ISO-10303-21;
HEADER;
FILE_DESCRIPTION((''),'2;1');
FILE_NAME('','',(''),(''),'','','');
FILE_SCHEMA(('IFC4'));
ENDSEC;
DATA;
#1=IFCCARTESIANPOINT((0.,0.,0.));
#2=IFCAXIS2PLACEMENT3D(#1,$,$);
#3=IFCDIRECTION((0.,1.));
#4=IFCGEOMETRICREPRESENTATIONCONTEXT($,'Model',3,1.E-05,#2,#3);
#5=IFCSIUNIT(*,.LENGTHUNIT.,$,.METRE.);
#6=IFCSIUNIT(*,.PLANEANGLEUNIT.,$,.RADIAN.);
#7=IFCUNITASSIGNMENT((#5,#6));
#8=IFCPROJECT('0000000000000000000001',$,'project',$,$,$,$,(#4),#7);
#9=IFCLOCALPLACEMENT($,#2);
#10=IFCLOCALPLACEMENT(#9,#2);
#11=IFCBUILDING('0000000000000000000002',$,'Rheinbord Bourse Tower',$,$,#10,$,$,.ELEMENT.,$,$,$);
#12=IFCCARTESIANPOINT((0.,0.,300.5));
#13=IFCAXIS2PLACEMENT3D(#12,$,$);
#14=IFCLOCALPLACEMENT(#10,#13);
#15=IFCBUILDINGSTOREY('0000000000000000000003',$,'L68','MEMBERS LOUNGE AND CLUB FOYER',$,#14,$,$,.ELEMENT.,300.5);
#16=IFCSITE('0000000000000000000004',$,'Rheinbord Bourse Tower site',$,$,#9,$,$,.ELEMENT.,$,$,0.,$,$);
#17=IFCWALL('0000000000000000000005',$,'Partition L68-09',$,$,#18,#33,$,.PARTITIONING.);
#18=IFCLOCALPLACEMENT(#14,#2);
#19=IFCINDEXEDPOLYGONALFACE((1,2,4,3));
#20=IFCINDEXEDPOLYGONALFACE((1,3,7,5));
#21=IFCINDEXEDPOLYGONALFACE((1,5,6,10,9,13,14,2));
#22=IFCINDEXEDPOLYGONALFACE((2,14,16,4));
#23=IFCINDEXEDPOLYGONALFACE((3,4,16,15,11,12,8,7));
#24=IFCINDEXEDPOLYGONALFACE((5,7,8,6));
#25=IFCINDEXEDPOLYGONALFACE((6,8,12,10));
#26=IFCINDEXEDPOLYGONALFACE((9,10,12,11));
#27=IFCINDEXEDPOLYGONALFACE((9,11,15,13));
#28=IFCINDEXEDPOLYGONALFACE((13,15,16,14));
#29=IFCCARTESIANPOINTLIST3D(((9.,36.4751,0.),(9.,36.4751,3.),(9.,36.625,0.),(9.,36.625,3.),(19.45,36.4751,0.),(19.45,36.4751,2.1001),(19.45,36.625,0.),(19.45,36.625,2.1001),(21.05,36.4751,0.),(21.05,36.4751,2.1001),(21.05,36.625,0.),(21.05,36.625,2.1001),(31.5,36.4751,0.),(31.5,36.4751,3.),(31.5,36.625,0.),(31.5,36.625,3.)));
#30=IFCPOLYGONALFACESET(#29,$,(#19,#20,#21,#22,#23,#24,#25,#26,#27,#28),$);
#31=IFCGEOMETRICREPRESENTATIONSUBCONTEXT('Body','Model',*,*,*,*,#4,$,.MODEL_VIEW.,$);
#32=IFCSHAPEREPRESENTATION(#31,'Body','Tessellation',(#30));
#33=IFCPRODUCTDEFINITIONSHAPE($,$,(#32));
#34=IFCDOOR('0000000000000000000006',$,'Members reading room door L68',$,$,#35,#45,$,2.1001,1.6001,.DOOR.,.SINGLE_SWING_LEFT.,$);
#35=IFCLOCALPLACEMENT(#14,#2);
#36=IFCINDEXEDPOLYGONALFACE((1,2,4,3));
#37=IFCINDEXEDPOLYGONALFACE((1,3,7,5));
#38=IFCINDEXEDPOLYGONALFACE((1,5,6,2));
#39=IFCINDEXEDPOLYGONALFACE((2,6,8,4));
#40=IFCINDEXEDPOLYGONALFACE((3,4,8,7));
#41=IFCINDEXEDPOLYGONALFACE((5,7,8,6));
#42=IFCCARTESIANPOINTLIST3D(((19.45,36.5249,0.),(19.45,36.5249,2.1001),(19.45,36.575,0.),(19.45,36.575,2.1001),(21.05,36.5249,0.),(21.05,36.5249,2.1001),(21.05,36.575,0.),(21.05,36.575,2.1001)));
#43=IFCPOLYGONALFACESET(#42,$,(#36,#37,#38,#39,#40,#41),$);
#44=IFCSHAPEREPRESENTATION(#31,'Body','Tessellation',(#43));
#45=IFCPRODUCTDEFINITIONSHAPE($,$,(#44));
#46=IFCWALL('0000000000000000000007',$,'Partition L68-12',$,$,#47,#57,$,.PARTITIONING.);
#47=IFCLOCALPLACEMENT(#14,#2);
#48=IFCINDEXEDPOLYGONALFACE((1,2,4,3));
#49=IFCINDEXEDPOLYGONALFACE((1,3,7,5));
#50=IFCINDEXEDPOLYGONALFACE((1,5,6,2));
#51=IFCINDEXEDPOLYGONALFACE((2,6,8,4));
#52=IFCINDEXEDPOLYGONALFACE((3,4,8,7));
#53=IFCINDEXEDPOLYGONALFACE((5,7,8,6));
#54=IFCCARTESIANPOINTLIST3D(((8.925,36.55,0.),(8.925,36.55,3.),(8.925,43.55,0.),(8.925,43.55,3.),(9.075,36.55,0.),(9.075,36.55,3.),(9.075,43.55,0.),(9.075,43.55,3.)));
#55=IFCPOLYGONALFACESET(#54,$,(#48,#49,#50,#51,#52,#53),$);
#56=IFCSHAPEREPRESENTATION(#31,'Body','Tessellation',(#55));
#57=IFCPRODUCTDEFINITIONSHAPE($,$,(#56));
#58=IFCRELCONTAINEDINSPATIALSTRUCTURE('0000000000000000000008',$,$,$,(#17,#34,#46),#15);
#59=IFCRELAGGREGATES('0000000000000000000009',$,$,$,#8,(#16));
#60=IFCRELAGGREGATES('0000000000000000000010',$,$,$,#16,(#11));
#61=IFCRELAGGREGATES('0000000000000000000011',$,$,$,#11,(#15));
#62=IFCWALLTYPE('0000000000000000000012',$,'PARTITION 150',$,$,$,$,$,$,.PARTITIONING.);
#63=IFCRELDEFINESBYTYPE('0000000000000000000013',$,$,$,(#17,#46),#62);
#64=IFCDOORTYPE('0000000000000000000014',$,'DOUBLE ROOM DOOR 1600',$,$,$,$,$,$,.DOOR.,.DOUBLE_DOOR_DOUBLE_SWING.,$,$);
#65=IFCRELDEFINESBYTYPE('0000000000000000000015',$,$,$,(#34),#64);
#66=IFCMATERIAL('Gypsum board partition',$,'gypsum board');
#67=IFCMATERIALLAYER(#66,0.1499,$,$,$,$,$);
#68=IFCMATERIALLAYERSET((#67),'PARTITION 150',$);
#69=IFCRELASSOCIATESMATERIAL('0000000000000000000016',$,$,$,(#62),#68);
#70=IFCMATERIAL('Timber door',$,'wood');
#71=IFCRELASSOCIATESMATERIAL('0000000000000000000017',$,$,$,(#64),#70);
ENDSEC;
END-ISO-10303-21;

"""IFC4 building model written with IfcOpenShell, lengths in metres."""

from ifc_helpers import new_model, si_unit, direction, frame, frame_2d, origin, place, context, subcontext, project, spatial, rectangle, extrude, material, layer, layer_set, type_object, element, fill, save


model = new_model("IFC4")

# Units and contexts
model_context = context("Model", 3, precision=1e-05, world=origin(), true_north=direction((0.0, 1.0)))
body_context = subcontext(model_context, "Body", "Model", "MODEL_VIEW")
ifc_project = project(units=[si_unit("LENGTHUNIT", "METRE"), si_unit("PLANEANGLEUNIT", "RADIAN")], contexts=[model_context])

# Site, building, storey
site_placement = place(None, origin())
site = spatial("IfcSite", under=ifc_project, at=site_placement, Name="Rheinbord Bourse Tower site", CompositionType="ELEMENT", RefElevation=0.0)
building_placement = place(site_placement, origin())
building = spatial("IfcBuilding", under=site, at=building_placement, Name="Rheinbord Bourse Tower", CompositionType="ELEMENT")
storey_placement = place(building_placement, frame((0.0, 0.0, 300.5)))
storey = spatial("IfcBuildingStorey", under=building, at=storey_placement, Name="L68", Description="MEMBERS LOUNGE AND CLUB FOYER", CompositionType="ELEMENT", Elevation=300.5)

# Wall, opening, door
ifc_material_1 = material(Name="Gypsum board partition", Category="gypsum board")
ifc_layer_1 = layer(ifc_material_1, 0.1499)
ifc_layer_set_1 = layer_set([ifc_layer_1], Name="PARTITION 150")
wall_type = type_object("IfcWallType", Name="PARTITION 150", PredefinedType="PARTITIONING", material=ifc_layer_set_1)
wall_1_placement = place(storey_placement, frame((9.0, 36.55, 0.0), z_axis=(0.0, 0.0, 1.0), x_axis=(1.0, 0.0, 0.0)))
wall_1 = element("IfcWall", 1, at=wall_1_placement, inside=storey, type_object=wall_type, Name="Partition L68-09", PredefinedType="PARTITIONING", context=body_context, shape_type="SweptSolid", body=[
    extrude(rectangle(XDim=22.5, YDim=0.1499, at=frame_2d((11.25, 0.0))), origin(), (0.0, 0.0, 1.0), 3.0),
])
opening_placement = place(wall_1_placement, frame((10.45, 0.0, 0.0)))
opening = element("IfcOpeningElement", 2, at=opening_placement, cuts=wall_1, PredefinedType="OPENING", context=body_context, shape_type="SweptSolid", body=[
    extrude(rectangle(XDim=1.6001, YDim=2.1001, at=frame_2d((0.8, 1.05))), frame((0.0, 0.085, 0.0), z_axis=(0.0, -1.0, 0.0), x_axis=(1.0, 0.0, 0.0)), (0.0, 0.0, 1.0), 0.1699),
])
ifc_material_2 = material(Name="Timber door", Category="wood")
door_type = type_object("IfcDoorType", Name="DOUBLE ROOM DOOR 1600", OperationType="DOUBLE_DOOR_DOUBLE_SWING", PredefinedType="DOOR", material=ifc_material_2)
door_placement = place(opening_placement, origin())
door = element("IfcDoor", 3, at=door_placement, inside=storey, type_object=door_type, Name="Members reading room door L68", OperationType="SINGLE_SWING_LEFT", OverallHeight=2.1001, OverallWidth=1.6001, PredefinedType="DOOR", context=body_context, shape_type="SweptSolid", body=[
    extrude(rectangle(XDim=1.6001, YDim=2.1001, at=frame_2d((0.8, 1.05))), frame((0.0, 0.0249, 0.0), z_axis=(0.0, -1.0, 0.0), x_axis=(1.0, 0.0, 0.0)), (0.0, 0.0, 1.0), 0.05),
])
fill(opening, door)

# Wall
wall_2_placement = place(storey_placement, frame((9.0, 36.55, 0.0), z_axis=(0.0, 0.0, 1.0), x_axis=(0.0, 1.0, 0.0)))
element("IfcWall", 4, at=wall_2_placement, inside=storey, type_object=wall_type, Name="Partition L68-12", PredefinedType="PARTITIONING", context=body_context, shape_type="SweptSolid", body=[
    extrude(rectangle(XDim=7.0, YDim=0.1499, at=frame_2d((3.5, 0.0))), origin(), (0.0, 0.0, 1.0), 3.0),
])

save(model, "model.ifc")
